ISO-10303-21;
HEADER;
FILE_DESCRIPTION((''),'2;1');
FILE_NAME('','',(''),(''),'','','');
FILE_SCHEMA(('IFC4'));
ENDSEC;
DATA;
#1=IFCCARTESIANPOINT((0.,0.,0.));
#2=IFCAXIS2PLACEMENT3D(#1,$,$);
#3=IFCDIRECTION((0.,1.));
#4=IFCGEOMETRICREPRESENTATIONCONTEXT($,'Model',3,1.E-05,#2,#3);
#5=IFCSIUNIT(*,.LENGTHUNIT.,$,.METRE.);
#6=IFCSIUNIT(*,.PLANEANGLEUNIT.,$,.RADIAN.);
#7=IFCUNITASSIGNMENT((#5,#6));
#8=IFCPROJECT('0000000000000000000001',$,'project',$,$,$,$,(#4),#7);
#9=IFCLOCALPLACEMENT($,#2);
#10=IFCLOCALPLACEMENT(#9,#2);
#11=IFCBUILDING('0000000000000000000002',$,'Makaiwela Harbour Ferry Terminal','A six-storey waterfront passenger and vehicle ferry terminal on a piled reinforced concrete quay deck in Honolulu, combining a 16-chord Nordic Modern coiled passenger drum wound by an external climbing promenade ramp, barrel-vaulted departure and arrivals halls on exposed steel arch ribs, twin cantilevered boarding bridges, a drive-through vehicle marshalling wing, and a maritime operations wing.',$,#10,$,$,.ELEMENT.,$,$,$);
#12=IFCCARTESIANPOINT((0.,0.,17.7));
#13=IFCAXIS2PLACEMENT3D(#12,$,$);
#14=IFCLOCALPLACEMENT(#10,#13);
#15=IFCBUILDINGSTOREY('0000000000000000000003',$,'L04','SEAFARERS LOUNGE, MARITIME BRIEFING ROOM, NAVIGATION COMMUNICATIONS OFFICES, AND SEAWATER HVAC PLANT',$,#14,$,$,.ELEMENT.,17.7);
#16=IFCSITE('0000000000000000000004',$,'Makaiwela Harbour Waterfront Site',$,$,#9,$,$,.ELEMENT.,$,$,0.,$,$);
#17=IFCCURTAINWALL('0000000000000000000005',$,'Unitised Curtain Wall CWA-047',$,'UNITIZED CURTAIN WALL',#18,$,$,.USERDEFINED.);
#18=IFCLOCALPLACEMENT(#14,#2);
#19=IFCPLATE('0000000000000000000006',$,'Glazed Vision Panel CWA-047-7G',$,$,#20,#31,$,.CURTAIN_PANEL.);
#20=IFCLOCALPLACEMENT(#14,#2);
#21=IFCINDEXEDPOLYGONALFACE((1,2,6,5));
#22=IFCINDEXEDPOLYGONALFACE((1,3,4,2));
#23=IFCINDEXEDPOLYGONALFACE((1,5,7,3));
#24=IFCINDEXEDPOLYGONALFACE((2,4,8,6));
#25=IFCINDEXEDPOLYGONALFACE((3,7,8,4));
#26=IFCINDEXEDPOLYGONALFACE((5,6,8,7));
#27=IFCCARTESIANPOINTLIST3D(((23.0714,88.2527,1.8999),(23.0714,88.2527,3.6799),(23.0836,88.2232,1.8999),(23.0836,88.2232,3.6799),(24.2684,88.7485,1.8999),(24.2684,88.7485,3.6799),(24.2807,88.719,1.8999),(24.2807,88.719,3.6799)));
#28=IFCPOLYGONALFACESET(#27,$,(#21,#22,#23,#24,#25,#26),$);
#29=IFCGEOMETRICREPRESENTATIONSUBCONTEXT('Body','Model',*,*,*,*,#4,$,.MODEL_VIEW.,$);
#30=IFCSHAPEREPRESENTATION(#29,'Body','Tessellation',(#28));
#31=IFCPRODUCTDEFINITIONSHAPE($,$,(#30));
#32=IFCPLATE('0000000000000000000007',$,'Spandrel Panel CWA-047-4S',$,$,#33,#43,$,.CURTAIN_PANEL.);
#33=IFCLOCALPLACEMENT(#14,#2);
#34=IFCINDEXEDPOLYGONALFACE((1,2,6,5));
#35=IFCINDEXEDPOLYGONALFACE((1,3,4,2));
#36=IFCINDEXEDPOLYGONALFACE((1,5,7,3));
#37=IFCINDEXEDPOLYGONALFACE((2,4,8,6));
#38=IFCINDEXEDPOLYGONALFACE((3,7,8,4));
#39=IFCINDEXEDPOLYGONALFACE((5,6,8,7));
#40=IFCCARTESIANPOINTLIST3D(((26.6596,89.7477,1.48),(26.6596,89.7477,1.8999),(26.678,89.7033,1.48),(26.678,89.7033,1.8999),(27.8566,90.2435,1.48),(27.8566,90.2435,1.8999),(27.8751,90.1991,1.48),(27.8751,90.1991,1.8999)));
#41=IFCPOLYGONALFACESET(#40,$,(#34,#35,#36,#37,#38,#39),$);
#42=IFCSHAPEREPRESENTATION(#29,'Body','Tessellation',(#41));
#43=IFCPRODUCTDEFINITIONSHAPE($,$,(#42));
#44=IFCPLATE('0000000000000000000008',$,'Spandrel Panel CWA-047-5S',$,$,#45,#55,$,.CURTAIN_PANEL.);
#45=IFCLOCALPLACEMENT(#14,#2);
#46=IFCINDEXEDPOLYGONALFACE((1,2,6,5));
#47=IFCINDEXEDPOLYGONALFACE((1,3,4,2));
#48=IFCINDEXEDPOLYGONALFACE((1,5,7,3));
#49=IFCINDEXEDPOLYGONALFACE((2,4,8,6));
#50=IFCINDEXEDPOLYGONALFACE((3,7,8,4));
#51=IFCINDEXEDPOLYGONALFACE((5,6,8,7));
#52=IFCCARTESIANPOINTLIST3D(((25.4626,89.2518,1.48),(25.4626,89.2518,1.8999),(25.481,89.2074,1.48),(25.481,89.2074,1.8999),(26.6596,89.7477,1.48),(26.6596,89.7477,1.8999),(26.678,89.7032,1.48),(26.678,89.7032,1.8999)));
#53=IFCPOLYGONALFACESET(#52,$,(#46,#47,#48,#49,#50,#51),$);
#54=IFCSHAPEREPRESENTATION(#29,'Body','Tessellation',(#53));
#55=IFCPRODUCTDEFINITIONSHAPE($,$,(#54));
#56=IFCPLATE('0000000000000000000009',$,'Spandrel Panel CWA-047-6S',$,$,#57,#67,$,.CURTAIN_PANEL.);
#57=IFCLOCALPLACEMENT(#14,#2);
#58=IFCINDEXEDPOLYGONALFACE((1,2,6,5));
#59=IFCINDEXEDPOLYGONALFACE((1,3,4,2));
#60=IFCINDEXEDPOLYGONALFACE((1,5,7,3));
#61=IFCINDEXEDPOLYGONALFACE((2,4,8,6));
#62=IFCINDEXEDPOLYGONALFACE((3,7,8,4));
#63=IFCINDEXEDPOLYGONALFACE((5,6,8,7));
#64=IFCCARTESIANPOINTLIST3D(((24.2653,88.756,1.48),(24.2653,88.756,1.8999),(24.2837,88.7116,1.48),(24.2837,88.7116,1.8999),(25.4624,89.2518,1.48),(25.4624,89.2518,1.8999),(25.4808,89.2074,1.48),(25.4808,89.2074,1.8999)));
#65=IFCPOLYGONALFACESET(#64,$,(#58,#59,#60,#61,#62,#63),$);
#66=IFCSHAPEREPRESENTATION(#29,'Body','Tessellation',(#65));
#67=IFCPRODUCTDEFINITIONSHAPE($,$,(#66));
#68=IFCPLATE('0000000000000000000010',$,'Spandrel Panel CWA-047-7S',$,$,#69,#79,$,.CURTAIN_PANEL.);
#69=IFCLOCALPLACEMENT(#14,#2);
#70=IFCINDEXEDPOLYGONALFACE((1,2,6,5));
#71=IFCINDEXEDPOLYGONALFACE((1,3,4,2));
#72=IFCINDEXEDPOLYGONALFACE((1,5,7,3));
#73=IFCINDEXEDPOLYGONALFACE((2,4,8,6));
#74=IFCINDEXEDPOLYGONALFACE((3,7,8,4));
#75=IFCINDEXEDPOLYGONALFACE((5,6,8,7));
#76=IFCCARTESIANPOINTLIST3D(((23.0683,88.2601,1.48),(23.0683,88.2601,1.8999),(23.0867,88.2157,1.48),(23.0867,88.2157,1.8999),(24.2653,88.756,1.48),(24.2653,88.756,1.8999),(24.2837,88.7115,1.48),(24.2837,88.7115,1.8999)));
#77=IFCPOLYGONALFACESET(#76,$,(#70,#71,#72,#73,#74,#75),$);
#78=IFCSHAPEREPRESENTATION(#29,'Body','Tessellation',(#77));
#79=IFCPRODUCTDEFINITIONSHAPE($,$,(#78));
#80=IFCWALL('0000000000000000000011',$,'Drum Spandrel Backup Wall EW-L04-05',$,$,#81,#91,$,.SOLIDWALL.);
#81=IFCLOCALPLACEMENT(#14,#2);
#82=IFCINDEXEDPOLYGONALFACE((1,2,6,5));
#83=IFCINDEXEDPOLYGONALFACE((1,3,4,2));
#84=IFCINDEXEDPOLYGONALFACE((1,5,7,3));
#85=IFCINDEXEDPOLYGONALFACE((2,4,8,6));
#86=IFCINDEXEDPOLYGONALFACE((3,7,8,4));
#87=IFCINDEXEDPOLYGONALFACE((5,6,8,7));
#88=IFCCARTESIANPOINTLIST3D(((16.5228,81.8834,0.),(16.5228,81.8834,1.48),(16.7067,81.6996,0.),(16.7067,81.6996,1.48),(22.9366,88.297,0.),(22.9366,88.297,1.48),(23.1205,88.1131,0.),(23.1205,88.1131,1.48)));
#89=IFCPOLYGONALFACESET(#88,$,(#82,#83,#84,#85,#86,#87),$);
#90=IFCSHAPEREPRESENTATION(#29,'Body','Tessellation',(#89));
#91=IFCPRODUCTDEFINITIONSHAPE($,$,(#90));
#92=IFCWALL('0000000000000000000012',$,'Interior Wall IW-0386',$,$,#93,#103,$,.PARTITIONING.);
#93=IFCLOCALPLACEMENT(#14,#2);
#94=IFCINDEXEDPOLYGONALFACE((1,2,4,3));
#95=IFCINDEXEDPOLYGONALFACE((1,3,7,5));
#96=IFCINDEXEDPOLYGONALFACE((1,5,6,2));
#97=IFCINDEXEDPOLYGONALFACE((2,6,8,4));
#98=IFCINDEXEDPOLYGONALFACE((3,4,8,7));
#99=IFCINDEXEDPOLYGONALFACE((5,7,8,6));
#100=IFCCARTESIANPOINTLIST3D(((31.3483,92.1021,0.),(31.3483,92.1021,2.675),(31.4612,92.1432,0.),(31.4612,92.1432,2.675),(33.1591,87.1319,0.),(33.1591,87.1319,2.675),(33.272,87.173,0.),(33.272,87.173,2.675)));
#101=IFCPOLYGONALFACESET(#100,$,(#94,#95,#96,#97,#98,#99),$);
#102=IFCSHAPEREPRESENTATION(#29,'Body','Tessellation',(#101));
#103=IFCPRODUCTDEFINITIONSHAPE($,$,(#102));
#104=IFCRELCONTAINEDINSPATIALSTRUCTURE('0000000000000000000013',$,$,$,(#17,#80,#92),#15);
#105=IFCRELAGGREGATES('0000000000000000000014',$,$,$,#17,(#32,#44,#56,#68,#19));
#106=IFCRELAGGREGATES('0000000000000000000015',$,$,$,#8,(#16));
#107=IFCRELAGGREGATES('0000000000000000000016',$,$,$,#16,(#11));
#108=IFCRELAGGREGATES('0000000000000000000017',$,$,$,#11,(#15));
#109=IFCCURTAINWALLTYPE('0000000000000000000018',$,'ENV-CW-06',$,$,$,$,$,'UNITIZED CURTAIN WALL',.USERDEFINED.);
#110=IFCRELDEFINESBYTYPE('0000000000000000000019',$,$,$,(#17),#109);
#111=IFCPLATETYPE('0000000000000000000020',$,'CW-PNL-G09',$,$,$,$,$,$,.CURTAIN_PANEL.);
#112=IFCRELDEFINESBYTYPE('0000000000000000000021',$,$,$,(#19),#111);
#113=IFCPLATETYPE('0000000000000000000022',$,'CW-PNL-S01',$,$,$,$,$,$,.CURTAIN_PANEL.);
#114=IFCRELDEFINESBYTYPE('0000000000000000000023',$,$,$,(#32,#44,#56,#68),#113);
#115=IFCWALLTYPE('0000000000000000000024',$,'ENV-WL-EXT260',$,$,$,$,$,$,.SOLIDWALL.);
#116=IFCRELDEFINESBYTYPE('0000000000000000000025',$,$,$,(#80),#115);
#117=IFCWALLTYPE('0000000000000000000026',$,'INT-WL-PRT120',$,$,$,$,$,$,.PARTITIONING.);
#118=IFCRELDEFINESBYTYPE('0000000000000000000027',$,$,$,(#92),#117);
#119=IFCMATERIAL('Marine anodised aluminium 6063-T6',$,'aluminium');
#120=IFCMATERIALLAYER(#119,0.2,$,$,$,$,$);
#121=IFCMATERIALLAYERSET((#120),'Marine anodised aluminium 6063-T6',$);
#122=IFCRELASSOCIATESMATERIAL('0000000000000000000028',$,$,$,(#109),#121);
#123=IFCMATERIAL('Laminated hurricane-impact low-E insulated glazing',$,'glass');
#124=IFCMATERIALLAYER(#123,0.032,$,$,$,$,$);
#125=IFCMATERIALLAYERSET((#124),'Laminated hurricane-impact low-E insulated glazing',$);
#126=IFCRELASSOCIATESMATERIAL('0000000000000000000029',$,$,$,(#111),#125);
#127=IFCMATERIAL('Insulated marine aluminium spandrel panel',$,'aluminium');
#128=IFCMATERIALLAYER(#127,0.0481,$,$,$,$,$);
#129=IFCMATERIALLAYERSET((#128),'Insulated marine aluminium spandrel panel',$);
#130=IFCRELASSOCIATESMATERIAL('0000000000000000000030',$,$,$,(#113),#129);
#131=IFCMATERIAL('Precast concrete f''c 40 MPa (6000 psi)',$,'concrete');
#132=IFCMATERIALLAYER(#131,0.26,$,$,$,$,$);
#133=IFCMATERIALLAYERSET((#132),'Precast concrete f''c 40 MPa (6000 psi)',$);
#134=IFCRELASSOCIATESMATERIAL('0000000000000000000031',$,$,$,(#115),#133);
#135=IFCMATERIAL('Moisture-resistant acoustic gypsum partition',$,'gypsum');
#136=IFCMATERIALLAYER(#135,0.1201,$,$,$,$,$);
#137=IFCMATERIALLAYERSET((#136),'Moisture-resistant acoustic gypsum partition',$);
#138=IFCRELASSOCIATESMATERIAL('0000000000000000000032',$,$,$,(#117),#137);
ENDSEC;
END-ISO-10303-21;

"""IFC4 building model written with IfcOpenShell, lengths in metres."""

from ifc_helpers import new_model, si_unit, direction, frame, frame_2d, origin, origin_2d, place, context, subcontext, project, spatial, rectangle, extrude, material, layer, layer_set, type_object, element, aggregate, save


model = new_model("IFC4")

# Units and contexts
model_context = context("Model", 3, precision=1e-05, world=origin(), true_north=direction((0.0, 1.0)))
body_context = subcontext(model_context, "Body", "Model", "MODEL_VIEW")
ifc_project = project(units=[si_unit("LENGTHUNIT", "METRE"), si_unit("PLANEANGLEUNIT", "RADIAN")], contexts=[model_context])

# Site, building, storey
site_placement = place(None, origin())
site = spatial("IfcSite", under=ifc_project, at=site_placement, Name="Makaiwela Harbour Waterfront Site", CompositionType="ELEMENT", RefElevation=0.0)
building_placement = place(site_placement, origin())
building = spatial("IfcBuilding", under=site, at=building_placement, Name="Makaiwela Harbour Ferry Terminal", Description="A six-storey waterfront passenger and vehicle ferry terminal on a piled reinforced concrete quay deck in Honolulu, combining a 16-chord Nordic Modern coiled passenger drum wound by an external climbing promenade ramp, barrel-vaulted departure and arrivals halls on exposed steel arch ribs, twin cantilevered boarding bridges, a drive-through vehicle marshalling wing, and a maritime operations wing.", CompositionType="ELEMENT")
storey_placement = place(building_placement, frame((0.0, 0.0, 17.7)))
storey = spatial("IfcBuildingStorey", under=building, at=storey_placement, Name="L04", Description="SEAFARERS LOUNGE, MARITIME BRIEFING ROOM, NAVIGATION COMMUNICATIONS OFFICES, AND SEAWATER HVAC PLANT", CompositionType="ELEMENT", Elevation=17.7)

# Curtain wall
ifc_material_1 = material(Name="Marine anodised aluminium 6063-T6", Category="aluminium")
ifc_layer_1 = layer(ifc_material_1, 0.2)
ifc_layer_set_1 = layer_set([ifc_layer_1], Name="Marine anodised aluminium 6063-T6")
curtain_wall_type = type_object("IfcCurtainWallType", Name="ENV-CW-06", ElementType="UNITIZED CURTAIN WALL", PredefinedType="USERDEFINED", material=ifc_layer_set_1)
curtain_wall_1_placement = place(storey_placement, origin())
curtain_wall_1 = element("IfcCurtainWall", 1, at=curtain_wall_1_placement, inside=storey, type_object=curtain_wall_type, Name="Unitised Curtain Wall CWA-047", ObjectType="UNITIZED CURTAIN WALL", PredefinedType="USERDEFINED")

# Plates
ifc_material_2 = material(Name="Laminated hurricane-impact low-E insulated glazing", Category="glass")
ifc_layer_2 = layer(ifc_material_2, 0.032)
ifc_layer_set_2 = layer_set([ifc_layer_2], Name="Laminated hurricane-impact low-E insulated glazing")
plate_type_1 = type_object("IfcPlateType", Name="CW-PNL-G09", PredefinedType="CURTAIN_PANEL", material=ifc_layer_set_2)
plate_1_placement = place(storey_placement, frame((23.676, 88.4858, 1.8999), z_axis=(0.0, 0.0, 1.0), x_axis=(-0.92388, -0.382683, 0.0)))
plate_1 = element("IfcPlate", 2, at=plate_1_placement, type_object=plate_type_1, Name="Glazed Vision Panel CWA-047-7G", PredefinedType="CURTAIN_PANEL", context=body_context, shape_type="SweptSolid", body=[
    extrude(rectangle(XDim=1.2957, YDim=0.032, at=origin_2d()), origin(), (0.0, 0.0, 1.0), 1.78),
])
ifc_material_3 = material(Name="Insulated marine aluminium spandrel panel", Category="aluminium")
ifc_layer_3 = layer(ifc_material_3, 0.0481)
ifc_layer_set_3 = layer_set([ifc_layer_3], Name="Insulated marine aluminium spandrel panel")
plate_type_2 = type_object("IfcPlateType", Name="CW-PNL-S01", PredefinedType="CURTAIN_PANEL", material=ifc_layer_set_3)
plate_2_placement = place(storey_placement, frame((27.2673, 89.9734, 1.48), z_axis=(0.0, 0.0, 1.0), x_axis=(-0.92388, -0.382683, 0.0)))
plate_2 = element("IfcPlate", 3, at=plate_2_placement, type_object=plate_type_2, Name="Spandrel Panel CWA-047-4S", PredefinedType="CURTAIN_PANEL", context=body_context, shape_type="SweptSolid", body=[
    extrude(rectangle(XDim=1.2957, YDim=0.0481, at=origin_2d()), origin(), (0.0, 0.0, 1.0), 0.4199),
])
plate_3_placement = place(storey_placement, frame((26.0703, 89.4775, 1.48), z_axis=(0.0, 0.0, 1.0), x_axis=(-0.92388, -0.382683, 0.0)))
plate_3 = element("IfcPlate", 4, at=plate_3_placement, type_object=plate_type_2, Name="Spandrel Panel CWA-047-5S", PredefinedType="CURTAIN_PANEL", context=body_context, shape_type="SweptSolid", body=[
    extrude(rectangle(XDim=1.2957, YDim=0.0481, at=origin_2d()), origin(), (0.0, 0.0, 1.0), 0.4199),
])
plate_4_placement = place(storey_placement, frame((24.873, 88.9817, 1.48), z_axis=(0.0, 0.0, 1.0), x_axis=(-0.92388, -0.382683, 0.0)))
plate_4 = element("IfcPlate", 5, at=plate_4_placement, type_object=plate_type_2, Name="Spandrel Panel CWA-047-6S", PredefinedType="CURTAIN_PANEL", context=body_context, shape_type="SweptSolid", body=[
    extrude(rectangle(XDim=1.2957, YDim=0.0481, at=origin_2d()), origin(), (0.0, 0.0, 1.0), 0.4199),
])
plate_5_placement = place(storey_placement, frame((23.676, 88.4858, 1.48), z_axis=(0.0, 0.0, 1.0), x_axis=(-0.92388, -0.382683, 0.0)))
plate_5 = element("IfcPlate", 6, at=plate_5_placement, type_object=plate_type_2, Name="Spandrel Panel CWA-047-7S", PredefinedType="CURTAIN_PANEL", context=body_context, shape_type="SweptSolid", body=[
    extrude(rectangle(XDim=1.2957, YDim=0.0481, at=origin_2d()), origin(), (0.0, 0.0, 1.0), 0.4199),
])
aggregate(curtain_wall_1, [plate_2, plate_3, plate_4, plate_5, plate_1])

# Walls
ifc_material_4 = material(Name="Precast concrete f'c 40 MPa (6000 psi)", Category="concrete")
ifc_layer_4 = layer(ifc_material_4, 0.26)
ifc_layer_set_4 = layer_set([ifc_layer_4], Name="Precast concrete f'c 40 MPa (6000 psi)")
wall_type_1 = type_object("IfcWallType", Name="ENV-WL-EXT260", PredefinedType="SOLIDWALL", material=ifc_layer_set_4)
wall_1_placement = place(storey_placement, frame((23.0286, 88.2051, 0.0), z_axis=(0.0, 0.0, 1.0), x_axis=(-0.70712, -0.707093, 0.0)))
element("IfcWall", 7, at=wall_1_placement, inside=storey, type_object=wall_type_1, Name="Drum Spandrel Backup Wall EW-L04-05", PredefinedType="SOLIDWALL", context=body_context, shape_type="SweptSolid", body=[
    extrude(rectangle(XDim=9.0703, YDim=0.26, at=frame_2d((4.5352, 0.0))), origin(), (0.0, 0.0, 1.0), 1.48),
])
ifc_material_5 = material(Name="Moisture-resistant acoustic gypsum partition", Category="gypsum")
ifc_layer_5 = layer(ifc_material_5, 0.1201)
ifc_layer_set_5 = layer_set([ifc_layer_5], Name="Moisture-resistant acoustic gypsum partition")
wall_type_2 = type_object("IfcWallType", Name="INT-WL-PRT120", PredefinedType="PARTITIONING", material=ifc_layer_set_5)
wall_2_placement = place(storey_placement, frame((33.2156, 87.1523, 0.0), z_axis=(0.0, 0.0, 1.0), x_axis=(-0.342317, 0.939584, 0.0)))
element("IfcWall", 8, at=wall_2_placement, inside=storey, type_object=wall_type_2, Name="Interior Wall IW-0386", PredefinedType="PARTITIONING", context=body_context, shape_type="SweptSolid", body=[
    extrude(rectangle(XDim=5.2898, YDim=0.1201, at=frame_2d((2.645, 0.0))), origin(), (0.0, 0.0, 1.0), 2.675),
])

save(model, "model.ifc")
